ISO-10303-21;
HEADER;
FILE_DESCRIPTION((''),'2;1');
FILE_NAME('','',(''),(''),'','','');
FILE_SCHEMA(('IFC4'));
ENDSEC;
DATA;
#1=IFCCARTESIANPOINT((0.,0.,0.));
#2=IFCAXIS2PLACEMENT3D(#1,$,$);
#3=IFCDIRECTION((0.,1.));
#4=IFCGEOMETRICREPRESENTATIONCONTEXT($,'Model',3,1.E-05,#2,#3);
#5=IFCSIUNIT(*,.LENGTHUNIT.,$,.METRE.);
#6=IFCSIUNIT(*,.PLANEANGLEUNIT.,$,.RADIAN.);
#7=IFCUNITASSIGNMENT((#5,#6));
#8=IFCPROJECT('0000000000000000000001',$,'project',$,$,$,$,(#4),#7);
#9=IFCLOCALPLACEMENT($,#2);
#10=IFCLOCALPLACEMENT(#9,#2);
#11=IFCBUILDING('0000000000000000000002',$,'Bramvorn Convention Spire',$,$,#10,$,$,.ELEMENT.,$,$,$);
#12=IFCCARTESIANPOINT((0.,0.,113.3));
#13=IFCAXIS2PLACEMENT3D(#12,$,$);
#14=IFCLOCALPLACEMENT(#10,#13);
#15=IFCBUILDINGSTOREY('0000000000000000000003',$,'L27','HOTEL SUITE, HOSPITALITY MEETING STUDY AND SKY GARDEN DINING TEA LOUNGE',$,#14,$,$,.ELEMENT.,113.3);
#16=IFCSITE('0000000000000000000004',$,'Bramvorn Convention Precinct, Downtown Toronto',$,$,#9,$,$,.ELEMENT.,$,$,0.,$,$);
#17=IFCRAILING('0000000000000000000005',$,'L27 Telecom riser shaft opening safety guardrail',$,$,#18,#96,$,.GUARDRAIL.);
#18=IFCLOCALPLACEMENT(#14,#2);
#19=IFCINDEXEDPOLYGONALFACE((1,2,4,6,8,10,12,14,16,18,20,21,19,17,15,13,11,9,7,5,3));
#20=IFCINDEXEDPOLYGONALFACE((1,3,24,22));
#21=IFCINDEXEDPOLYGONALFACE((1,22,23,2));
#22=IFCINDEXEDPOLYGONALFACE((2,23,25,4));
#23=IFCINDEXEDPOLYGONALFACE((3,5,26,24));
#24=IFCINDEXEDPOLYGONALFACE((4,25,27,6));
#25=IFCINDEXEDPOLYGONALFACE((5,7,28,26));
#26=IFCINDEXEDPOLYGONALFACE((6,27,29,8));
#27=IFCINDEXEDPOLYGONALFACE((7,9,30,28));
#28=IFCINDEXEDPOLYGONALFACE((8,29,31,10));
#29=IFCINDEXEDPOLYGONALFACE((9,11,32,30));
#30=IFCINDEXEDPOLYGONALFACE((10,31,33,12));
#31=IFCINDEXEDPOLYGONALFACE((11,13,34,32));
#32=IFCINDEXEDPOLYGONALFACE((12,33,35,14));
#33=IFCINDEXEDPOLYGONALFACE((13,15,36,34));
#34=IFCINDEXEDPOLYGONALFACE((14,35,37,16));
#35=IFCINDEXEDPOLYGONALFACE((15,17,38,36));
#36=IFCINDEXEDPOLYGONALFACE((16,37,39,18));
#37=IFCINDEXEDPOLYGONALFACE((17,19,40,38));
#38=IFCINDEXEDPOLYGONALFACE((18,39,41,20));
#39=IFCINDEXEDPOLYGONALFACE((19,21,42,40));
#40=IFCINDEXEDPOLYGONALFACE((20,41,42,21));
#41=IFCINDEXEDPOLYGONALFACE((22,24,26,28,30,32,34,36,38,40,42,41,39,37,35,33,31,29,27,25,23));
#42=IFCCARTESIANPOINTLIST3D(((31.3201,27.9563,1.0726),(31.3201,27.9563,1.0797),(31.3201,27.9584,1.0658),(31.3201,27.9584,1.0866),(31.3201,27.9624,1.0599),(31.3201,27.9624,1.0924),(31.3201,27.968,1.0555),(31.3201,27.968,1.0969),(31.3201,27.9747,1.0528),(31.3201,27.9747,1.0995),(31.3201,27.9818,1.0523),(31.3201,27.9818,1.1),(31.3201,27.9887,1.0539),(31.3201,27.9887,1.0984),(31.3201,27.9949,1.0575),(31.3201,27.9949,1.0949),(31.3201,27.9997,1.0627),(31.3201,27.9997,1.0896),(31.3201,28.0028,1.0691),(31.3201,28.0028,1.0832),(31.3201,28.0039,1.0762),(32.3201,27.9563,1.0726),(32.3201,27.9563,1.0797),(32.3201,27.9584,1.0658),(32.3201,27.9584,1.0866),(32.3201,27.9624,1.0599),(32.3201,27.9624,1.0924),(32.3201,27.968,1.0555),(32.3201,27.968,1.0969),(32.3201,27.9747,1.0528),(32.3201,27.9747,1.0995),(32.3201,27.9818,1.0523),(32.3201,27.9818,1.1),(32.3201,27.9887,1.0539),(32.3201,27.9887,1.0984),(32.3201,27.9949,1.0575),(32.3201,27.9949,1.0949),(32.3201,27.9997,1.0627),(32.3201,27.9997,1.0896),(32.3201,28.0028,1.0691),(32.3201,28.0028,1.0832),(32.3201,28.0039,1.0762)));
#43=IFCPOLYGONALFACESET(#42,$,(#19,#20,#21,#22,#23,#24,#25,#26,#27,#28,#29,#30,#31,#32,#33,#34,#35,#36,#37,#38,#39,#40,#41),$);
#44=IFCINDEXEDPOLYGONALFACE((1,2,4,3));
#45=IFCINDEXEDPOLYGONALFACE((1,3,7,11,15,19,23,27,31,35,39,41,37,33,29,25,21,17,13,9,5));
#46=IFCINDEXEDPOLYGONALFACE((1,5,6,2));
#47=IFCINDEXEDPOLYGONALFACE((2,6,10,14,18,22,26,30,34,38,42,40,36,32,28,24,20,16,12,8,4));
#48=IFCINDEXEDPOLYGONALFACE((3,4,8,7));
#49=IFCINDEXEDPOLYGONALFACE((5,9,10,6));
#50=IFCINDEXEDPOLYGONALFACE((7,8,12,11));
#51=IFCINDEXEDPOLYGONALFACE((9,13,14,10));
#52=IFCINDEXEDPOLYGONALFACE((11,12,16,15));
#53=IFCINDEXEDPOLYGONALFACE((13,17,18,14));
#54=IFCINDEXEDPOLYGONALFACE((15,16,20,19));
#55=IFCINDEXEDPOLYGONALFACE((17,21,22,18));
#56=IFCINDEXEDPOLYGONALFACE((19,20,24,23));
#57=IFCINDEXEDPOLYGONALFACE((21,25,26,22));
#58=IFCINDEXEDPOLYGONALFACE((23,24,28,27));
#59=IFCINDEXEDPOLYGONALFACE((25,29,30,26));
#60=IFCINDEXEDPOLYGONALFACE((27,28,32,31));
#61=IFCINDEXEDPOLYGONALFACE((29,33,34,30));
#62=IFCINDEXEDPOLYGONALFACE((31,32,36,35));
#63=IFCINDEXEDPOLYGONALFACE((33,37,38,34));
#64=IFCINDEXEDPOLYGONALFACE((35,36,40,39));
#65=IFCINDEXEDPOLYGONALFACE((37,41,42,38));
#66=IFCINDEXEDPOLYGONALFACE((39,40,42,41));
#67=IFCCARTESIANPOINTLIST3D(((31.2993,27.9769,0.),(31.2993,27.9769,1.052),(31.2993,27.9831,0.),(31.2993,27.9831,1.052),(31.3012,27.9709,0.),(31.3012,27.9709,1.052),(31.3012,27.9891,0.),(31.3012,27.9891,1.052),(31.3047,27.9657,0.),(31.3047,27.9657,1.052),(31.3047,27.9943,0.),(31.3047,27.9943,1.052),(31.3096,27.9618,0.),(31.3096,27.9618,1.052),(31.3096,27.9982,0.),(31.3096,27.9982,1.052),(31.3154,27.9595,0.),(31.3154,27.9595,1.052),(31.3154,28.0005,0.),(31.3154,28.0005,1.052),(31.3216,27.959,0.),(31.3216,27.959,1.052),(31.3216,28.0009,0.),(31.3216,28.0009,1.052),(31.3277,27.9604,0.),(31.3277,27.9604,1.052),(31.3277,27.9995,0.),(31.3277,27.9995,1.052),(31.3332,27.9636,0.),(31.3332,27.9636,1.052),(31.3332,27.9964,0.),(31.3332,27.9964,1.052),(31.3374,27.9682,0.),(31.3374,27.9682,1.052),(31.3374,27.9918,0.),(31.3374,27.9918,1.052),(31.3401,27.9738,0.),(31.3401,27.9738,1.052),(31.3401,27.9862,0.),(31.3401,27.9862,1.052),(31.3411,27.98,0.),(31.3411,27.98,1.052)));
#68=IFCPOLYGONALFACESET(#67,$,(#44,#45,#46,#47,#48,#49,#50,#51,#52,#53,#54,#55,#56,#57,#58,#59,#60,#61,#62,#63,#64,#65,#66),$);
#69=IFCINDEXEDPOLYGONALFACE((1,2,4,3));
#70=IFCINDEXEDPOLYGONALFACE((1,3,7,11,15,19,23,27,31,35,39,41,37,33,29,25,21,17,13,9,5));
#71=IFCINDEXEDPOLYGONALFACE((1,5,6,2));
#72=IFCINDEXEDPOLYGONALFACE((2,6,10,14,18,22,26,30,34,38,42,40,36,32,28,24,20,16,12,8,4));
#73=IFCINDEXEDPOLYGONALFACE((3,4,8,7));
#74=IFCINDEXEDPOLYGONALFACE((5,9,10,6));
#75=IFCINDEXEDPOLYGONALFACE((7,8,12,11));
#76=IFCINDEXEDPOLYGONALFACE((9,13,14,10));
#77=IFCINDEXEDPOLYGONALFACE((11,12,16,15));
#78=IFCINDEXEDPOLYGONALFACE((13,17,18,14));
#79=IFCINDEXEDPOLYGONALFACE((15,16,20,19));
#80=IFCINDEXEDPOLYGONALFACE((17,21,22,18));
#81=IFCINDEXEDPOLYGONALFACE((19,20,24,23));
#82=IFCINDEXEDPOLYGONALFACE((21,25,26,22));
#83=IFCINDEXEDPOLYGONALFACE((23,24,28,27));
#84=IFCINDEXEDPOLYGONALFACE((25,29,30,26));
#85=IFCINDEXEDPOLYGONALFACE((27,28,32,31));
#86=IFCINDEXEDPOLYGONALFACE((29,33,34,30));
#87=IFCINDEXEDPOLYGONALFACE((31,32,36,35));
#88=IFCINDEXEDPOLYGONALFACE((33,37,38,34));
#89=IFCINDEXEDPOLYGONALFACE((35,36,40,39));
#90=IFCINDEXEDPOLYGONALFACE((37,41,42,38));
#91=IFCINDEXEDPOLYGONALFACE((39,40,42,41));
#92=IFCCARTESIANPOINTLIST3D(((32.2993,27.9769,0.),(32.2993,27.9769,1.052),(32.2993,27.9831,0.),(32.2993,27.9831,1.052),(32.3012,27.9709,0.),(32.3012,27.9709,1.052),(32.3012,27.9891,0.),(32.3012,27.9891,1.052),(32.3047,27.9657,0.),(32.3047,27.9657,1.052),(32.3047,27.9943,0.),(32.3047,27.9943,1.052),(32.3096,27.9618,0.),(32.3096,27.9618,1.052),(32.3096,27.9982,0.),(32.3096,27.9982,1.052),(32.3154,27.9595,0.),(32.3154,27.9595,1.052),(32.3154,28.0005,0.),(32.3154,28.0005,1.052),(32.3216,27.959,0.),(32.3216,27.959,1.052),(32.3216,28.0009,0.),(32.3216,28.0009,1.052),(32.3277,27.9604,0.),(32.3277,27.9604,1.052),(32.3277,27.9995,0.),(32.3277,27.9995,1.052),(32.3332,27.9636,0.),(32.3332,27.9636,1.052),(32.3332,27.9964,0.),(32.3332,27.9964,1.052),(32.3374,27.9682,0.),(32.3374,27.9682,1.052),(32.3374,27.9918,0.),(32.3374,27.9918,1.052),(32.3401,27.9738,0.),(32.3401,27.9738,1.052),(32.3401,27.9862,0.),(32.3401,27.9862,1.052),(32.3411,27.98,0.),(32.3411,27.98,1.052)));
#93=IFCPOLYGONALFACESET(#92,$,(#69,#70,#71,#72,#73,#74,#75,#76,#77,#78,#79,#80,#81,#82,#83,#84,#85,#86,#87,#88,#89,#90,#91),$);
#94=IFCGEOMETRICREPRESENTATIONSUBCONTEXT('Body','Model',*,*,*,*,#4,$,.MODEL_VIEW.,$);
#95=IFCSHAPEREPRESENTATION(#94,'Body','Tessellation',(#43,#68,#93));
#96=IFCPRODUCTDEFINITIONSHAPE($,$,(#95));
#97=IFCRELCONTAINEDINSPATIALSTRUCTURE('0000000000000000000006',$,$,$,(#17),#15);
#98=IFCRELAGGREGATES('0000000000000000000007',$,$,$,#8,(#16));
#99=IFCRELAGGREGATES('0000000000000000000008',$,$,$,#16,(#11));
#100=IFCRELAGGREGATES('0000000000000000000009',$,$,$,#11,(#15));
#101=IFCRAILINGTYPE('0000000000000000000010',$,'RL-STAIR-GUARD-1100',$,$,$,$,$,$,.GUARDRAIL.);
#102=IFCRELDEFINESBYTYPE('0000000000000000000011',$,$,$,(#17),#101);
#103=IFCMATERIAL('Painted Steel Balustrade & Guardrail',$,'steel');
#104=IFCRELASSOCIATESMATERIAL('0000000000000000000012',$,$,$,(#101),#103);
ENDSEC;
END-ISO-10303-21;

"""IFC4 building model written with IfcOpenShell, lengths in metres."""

from ifc_helpers import new_model, si_unit, direction, frame, origin, origin_2d, place, context, subcontext, project, spatial, circle, extrude, material, type_object, element, save


model = new_model("IFC4")

# Units and contexts
model_context = context("Model", 3, precision=1e-05, world=origin(), true_north=direction((0.0, 1.0)))
body_context = subcontext(model_context, "Body", "Model", "MODEL_VIEW")
ifc_project = project(units=[si_unit("LENGTHUNIT", "METRE"), si_unit("PLANEANGLEUNIT", "RADIAN")], contexts=[model_context])

# Site, building, storey
site_placement = place(None, origin())
site = spatial("IfcSite", under=ifc_project, at=site_placement, Name="Bramvorn Convention Precinct, Downtown Toronto", CompositionType="ELEMENT", RefElevation=0.0)
building_placement = place(site_placement, origin())
building = spatial("IfcBuilding", under=site, at=building_placement, Name="Bramvorn Convention Spire", CompositionType="ELEMENT")
storey_placement = place(building_placement, frame((0.0, 0.0, 113.3)))
storey = spatial("IfcBuildingStorey", under=building, at=storey_placement, Name="L27", Description="HOTEL SUITE, HOSPITALITY MEETING STUDY AND SKY GARDEN DINING TEA LOUNGE", CompositionType="ELEMENT", Elevation=113.3)

# Railing
ifc_material_1 = material(Name="Painted Steel Balustrade & Guardrail", Category="steel")
railing_type = type_object("IfcRailingType", Name="RL-STAIR-GUARD-1100", PredefinedType="GUARDRAIL", material=ifc_material_1)
railing_1_placement = place(storey_placement, frame((31.3201, 27.98, 0.0)))
element("IfcRailing", 1, at=railing_1_placement, inside=storey, type_object=railing_type, Name="L27 Telecom riser shaft opening safety guardrail", PredefinedType="GUARDRAIL", context=body_context, shape_type="SweptSolid", body=[
    extrude(circle(Radius=0.0239, at=origin_2d()), frame((0.0, 0.0, 1.0762), z_axis=(1.0, 0.0, 0.0), x_axis=(0.0, 1.0, 0.0)), (0.0, 0.0, 1.0), 1.0),
    extrude(circle(Radius=0.021, at=origin_2d()), origin(), (0.0, 0.0, 1.0), 1.052),
    extrude(circle(Radius=0.021, at=origin_2d()), frame((1.0, 0.0, 0.0)), (0.0, 0.0, 1.0), 1.052),
])

save(model, "model.ifc")
